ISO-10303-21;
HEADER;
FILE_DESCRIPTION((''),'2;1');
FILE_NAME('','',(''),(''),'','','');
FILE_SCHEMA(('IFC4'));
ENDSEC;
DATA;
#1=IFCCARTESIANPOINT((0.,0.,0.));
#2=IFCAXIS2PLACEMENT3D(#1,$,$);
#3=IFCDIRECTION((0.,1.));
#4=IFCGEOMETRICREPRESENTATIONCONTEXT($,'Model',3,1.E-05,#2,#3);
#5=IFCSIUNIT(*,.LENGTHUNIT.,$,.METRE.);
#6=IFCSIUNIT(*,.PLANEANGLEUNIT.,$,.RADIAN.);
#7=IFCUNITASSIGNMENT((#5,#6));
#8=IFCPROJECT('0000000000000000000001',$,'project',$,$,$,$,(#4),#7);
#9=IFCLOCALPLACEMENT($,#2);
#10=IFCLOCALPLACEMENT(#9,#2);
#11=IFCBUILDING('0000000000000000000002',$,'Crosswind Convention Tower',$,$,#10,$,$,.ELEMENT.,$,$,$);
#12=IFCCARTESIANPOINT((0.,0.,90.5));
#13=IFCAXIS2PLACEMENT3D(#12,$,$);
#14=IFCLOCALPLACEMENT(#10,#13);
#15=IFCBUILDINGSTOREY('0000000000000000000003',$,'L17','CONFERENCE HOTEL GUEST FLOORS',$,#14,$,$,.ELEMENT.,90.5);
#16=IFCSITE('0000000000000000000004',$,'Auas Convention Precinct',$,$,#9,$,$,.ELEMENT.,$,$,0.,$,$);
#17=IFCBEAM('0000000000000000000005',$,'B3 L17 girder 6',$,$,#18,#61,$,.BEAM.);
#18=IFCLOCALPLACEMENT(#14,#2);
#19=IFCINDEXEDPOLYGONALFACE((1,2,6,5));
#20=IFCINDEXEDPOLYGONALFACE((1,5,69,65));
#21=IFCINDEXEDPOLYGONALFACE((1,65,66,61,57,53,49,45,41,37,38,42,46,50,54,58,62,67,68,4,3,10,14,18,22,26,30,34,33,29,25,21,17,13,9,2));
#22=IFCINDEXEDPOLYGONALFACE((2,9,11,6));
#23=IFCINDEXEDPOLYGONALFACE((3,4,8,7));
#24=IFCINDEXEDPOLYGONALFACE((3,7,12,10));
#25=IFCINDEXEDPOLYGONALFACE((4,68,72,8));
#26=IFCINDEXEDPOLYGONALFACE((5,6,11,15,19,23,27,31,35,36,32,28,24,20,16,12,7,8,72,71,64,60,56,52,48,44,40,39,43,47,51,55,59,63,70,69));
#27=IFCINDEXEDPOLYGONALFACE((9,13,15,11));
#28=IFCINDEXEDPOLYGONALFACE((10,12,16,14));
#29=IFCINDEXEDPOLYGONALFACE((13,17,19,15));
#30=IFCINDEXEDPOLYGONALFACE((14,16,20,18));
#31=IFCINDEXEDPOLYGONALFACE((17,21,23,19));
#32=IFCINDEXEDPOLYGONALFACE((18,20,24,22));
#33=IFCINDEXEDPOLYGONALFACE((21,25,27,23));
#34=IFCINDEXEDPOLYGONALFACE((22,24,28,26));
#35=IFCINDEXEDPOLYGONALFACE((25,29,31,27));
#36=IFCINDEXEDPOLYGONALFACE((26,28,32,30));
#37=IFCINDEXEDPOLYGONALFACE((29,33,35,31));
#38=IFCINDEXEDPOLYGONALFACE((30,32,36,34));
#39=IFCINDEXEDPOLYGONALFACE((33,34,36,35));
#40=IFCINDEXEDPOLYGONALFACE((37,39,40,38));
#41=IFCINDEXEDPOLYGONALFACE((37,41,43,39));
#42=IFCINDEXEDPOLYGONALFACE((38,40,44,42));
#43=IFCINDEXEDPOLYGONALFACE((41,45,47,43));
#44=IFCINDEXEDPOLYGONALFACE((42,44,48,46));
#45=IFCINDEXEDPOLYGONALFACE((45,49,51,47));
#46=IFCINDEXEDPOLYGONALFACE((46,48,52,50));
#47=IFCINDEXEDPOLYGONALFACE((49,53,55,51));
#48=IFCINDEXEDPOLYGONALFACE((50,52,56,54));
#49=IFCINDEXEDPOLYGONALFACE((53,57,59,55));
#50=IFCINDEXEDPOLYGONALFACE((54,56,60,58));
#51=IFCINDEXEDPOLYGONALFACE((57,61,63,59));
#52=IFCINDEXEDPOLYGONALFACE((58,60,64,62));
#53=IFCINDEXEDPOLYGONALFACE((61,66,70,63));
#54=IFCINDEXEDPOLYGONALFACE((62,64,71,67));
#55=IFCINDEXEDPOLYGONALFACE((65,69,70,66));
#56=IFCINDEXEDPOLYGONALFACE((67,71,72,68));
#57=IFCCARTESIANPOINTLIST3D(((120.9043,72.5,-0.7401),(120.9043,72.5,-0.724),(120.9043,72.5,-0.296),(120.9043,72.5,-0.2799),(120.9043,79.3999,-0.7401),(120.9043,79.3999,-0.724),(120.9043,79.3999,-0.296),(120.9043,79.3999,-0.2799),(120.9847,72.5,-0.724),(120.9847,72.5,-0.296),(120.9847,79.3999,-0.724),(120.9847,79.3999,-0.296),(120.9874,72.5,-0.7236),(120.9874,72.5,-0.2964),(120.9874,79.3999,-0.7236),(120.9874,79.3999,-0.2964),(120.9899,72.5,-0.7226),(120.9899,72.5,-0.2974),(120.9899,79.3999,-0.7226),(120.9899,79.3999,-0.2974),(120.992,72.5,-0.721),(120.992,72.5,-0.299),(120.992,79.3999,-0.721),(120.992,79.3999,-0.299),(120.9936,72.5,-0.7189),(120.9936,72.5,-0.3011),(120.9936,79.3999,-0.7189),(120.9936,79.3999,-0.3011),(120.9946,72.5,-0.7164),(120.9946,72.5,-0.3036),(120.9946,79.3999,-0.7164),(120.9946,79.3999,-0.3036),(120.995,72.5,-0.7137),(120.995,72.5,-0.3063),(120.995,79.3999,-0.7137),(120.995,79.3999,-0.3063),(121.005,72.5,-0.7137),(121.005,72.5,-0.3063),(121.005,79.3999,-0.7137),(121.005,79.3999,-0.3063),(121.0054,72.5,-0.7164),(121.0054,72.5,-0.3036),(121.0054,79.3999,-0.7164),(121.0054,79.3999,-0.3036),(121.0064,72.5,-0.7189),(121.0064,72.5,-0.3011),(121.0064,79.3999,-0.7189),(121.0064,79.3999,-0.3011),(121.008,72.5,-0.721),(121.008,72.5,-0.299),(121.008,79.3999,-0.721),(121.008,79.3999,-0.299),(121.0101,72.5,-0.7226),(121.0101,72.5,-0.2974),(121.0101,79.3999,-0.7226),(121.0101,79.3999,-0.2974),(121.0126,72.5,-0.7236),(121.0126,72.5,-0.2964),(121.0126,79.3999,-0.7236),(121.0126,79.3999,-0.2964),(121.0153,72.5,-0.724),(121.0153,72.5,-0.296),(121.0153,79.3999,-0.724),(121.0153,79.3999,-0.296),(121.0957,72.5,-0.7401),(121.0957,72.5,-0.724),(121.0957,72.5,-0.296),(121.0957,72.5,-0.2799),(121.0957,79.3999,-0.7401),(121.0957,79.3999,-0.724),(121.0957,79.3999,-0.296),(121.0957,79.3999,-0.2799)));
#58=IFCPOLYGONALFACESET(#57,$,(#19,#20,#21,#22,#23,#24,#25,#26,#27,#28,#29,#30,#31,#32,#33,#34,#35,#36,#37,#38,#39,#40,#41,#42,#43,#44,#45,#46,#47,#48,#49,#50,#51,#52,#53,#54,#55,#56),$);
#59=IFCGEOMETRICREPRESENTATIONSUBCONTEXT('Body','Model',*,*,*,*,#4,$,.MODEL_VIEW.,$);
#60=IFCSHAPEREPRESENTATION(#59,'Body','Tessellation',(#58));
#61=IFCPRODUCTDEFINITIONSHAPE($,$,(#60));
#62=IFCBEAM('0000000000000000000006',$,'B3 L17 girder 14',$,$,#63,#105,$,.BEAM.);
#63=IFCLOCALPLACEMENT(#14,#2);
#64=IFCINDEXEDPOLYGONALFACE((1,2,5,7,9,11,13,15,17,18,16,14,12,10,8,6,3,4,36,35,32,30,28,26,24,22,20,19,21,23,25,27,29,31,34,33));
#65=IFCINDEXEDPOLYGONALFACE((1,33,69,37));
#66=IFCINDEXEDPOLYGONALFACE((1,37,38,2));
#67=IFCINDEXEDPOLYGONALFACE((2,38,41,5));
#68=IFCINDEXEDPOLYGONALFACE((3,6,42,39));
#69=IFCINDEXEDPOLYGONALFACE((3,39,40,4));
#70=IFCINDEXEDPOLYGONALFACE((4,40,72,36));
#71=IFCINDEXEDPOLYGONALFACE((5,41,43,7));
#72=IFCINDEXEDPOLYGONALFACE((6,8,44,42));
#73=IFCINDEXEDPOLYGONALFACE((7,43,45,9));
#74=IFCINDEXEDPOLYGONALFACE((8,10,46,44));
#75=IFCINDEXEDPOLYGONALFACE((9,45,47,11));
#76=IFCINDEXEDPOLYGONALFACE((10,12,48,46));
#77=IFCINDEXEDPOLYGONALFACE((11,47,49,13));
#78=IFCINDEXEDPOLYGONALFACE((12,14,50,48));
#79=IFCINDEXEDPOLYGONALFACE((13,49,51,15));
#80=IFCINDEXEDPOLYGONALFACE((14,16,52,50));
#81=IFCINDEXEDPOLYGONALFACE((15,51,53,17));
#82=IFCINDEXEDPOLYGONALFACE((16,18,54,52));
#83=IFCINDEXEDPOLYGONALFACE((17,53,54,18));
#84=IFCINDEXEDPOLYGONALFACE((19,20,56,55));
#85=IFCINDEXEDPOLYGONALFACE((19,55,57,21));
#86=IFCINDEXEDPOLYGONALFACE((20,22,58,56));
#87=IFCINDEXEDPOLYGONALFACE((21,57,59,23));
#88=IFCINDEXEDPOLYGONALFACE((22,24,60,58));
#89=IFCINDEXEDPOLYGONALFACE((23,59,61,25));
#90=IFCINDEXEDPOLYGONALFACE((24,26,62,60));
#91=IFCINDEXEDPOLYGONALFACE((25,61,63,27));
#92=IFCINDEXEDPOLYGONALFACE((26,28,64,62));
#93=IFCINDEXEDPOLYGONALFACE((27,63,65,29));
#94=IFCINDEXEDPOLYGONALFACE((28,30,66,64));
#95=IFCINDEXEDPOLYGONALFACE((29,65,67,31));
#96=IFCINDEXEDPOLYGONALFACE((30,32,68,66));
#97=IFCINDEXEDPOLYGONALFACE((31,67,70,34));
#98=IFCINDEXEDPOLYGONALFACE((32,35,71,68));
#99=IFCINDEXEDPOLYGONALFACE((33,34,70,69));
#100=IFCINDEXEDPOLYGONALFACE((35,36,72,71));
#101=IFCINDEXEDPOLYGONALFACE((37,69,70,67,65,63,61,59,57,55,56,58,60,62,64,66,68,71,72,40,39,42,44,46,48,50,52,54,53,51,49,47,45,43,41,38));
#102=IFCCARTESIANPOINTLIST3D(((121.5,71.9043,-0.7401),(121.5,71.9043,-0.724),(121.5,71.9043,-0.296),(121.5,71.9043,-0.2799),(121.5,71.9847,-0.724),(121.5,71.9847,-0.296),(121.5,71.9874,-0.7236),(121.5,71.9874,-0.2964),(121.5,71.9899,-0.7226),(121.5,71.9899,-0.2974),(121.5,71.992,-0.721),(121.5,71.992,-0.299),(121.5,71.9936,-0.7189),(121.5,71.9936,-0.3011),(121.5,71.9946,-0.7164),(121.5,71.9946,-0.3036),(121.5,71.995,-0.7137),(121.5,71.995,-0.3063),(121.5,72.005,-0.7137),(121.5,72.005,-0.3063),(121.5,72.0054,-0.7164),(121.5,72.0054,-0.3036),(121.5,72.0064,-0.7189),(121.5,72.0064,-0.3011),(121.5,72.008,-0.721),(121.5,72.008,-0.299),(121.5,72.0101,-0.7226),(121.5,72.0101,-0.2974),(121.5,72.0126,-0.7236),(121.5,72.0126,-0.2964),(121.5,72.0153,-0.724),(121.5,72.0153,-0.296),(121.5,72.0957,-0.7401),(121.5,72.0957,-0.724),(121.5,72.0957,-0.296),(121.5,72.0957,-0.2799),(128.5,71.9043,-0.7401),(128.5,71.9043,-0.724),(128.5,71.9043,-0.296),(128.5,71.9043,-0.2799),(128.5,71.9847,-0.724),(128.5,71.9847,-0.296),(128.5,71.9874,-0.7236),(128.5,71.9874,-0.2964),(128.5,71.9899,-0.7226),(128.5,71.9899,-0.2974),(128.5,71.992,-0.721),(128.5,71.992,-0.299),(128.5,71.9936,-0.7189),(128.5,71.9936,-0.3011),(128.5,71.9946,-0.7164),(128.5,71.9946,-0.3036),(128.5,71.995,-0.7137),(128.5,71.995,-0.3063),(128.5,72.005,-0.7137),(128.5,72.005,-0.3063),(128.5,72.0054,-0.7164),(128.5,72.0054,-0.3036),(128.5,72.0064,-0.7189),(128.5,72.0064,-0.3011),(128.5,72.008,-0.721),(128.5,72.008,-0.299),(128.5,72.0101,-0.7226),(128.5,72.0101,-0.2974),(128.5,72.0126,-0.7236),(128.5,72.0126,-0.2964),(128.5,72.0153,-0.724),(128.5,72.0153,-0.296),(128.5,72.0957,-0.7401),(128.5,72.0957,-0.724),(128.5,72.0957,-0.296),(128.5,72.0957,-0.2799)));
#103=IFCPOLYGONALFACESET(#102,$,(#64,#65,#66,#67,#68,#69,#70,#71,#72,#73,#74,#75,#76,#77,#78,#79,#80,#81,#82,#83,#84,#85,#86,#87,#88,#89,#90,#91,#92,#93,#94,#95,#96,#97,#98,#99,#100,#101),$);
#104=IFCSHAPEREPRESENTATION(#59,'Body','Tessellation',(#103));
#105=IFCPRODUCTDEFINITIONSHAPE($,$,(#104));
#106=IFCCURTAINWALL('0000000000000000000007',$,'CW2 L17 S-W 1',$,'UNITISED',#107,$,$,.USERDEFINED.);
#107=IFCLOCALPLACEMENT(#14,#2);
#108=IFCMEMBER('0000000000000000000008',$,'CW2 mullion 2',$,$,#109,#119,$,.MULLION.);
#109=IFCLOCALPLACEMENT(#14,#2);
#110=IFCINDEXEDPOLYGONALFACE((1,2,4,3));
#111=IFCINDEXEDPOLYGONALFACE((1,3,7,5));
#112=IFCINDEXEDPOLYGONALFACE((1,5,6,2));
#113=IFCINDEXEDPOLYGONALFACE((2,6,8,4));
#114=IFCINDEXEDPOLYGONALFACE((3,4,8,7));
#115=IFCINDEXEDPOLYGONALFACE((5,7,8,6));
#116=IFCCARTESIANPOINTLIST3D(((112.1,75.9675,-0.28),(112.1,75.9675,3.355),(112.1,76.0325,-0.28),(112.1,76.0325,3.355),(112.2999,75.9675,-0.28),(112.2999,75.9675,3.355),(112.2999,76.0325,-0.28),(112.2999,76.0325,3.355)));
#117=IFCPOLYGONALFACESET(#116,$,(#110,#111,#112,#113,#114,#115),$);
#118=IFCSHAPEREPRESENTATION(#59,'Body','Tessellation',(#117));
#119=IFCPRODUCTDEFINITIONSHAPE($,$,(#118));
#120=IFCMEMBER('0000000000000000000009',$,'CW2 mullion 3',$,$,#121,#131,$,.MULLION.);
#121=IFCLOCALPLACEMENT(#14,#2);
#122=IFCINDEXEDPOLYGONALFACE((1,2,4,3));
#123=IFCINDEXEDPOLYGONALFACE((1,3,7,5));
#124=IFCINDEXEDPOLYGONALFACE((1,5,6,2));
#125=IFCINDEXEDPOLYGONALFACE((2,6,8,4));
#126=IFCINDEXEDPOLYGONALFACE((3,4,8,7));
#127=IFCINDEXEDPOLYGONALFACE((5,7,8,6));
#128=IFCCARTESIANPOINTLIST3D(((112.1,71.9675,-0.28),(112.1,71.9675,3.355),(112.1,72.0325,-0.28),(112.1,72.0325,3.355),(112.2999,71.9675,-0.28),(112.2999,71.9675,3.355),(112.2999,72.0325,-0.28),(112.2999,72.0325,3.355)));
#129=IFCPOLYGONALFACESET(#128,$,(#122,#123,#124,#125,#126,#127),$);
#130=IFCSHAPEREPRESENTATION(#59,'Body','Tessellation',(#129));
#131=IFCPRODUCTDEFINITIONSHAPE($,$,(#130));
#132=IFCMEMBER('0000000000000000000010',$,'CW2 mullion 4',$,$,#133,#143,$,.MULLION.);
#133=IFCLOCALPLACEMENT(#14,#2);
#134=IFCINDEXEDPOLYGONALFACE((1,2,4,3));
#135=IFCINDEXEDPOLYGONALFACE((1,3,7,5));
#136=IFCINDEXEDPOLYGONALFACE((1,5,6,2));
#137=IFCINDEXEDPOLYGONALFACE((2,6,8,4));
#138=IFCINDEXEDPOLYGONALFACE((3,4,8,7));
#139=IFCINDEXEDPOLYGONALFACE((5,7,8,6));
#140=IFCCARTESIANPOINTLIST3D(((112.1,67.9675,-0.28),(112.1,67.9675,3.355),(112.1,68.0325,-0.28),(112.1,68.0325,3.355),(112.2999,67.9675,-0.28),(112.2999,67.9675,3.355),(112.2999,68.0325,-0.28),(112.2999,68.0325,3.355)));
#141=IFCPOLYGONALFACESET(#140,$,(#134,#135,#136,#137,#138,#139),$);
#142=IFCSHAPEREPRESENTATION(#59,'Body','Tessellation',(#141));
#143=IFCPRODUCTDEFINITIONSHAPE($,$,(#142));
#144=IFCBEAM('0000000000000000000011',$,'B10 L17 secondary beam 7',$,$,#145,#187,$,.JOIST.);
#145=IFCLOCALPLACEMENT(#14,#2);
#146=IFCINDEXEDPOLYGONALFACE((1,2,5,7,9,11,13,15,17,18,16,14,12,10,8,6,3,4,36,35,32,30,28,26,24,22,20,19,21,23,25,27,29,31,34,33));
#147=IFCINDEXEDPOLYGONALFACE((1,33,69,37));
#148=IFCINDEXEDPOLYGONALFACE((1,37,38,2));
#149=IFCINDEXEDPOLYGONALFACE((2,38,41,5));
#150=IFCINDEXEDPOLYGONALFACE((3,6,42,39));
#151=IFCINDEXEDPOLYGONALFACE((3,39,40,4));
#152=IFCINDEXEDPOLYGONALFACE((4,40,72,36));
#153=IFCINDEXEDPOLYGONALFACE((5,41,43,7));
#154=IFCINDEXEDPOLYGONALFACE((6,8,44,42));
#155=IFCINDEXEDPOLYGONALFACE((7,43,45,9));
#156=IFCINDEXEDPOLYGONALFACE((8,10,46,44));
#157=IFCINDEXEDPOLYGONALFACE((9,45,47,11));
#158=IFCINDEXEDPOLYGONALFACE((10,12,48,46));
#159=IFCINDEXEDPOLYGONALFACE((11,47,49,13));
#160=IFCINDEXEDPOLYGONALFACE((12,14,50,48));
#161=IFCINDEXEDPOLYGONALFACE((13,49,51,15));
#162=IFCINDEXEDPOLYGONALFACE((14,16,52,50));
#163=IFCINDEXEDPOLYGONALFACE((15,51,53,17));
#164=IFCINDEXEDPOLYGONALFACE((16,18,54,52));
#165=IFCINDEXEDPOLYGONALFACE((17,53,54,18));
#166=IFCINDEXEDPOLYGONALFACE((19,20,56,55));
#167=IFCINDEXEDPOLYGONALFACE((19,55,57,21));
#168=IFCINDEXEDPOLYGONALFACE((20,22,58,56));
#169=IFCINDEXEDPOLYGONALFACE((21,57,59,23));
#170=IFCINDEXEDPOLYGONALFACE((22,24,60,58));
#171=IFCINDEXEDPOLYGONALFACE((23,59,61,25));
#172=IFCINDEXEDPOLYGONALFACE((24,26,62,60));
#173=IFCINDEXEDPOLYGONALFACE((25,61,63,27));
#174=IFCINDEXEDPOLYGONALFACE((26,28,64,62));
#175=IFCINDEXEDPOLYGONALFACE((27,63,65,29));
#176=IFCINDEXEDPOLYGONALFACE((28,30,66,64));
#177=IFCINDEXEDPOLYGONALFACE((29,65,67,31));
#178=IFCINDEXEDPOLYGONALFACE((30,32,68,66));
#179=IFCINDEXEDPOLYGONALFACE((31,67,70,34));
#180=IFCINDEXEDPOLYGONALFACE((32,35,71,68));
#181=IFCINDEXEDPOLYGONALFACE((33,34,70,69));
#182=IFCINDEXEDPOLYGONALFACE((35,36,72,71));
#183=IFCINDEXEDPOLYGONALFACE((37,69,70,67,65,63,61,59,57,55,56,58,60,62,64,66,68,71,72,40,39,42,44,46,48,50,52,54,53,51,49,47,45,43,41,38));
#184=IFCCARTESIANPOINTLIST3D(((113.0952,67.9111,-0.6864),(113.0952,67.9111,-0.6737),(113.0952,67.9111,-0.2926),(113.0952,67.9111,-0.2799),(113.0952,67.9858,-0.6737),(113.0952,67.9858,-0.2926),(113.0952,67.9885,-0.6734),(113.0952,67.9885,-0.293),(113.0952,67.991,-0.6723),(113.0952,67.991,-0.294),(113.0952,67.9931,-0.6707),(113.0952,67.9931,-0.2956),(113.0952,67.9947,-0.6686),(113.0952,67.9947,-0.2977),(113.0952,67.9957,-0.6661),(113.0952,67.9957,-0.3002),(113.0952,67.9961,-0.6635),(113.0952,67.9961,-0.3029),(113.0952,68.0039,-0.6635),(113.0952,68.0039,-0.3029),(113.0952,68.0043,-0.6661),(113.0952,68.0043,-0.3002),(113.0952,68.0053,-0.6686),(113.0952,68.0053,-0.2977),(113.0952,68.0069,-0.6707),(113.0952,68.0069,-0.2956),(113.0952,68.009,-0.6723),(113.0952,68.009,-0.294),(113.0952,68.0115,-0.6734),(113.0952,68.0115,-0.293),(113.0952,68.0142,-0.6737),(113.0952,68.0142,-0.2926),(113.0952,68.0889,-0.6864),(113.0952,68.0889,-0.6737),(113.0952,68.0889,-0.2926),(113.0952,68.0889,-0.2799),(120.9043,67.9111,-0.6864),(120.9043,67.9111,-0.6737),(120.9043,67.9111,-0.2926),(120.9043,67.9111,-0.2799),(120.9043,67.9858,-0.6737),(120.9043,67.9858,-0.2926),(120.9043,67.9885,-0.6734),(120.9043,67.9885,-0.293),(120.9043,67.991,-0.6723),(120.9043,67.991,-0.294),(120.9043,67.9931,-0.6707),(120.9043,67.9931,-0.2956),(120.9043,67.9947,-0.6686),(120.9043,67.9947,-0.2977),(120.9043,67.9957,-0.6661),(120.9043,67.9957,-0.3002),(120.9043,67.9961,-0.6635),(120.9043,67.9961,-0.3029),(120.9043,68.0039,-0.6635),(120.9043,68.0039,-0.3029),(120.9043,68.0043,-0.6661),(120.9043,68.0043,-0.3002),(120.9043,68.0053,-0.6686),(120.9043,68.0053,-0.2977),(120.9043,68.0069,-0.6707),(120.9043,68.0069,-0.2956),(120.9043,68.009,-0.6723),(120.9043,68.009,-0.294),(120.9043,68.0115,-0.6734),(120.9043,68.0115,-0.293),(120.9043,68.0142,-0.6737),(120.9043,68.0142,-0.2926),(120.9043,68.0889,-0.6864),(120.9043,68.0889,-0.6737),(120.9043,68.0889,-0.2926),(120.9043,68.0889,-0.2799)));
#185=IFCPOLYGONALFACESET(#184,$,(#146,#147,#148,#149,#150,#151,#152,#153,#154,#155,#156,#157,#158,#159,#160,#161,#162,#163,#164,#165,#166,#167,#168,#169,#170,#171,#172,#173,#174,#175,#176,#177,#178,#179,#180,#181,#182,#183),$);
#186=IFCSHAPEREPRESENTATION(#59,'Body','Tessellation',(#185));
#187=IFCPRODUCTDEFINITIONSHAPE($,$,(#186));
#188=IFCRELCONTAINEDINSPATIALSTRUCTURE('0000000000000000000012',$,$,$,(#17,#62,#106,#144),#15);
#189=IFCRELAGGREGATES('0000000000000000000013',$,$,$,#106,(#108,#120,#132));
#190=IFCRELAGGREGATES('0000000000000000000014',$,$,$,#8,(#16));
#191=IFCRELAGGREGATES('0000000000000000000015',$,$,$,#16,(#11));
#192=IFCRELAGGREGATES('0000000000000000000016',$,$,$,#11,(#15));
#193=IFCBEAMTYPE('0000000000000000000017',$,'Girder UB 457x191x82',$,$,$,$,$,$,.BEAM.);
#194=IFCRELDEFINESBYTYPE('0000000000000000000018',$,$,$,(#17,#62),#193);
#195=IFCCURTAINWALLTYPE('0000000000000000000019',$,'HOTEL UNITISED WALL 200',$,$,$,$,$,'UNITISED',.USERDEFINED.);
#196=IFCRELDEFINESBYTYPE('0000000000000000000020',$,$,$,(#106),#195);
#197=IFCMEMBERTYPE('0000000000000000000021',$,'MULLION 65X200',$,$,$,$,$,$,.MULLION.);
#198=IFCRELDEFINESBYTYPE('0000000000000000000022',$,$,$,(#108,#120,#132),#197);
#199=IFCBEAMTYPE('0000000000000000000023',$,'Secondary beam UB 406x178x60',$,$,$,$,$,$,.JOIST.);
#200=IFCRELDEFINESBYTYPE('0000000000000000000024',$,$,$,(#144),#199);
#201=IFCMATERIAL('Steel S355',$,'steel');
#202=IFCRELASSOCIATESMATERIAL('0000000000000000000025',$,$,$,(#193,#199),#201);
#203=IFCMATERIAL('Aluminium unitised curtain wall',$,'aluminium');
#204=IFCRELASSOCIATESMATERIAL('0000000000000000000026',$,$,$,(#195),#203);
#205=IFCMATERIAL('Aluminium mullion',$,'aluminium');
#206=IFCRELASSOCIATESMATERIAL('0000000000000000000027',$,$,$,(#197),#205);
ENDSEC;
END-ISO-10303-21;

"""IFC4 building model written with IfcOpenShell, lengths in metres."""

from ifc_helpers import new_model, si_unit, direction, frame, origin, origin_2d, place, context, subcontext, project, spatial, rectangle, i_section, extrude, material, material_profile, profile_set, type_object, element, aggregate, save


model = new_model("IFC4")

# Units and contexts
model_context = context("Model", 3, precision=1e-05, world=origin(), true_north=direction((0.0, 1.0)))
body_context = subcontext(model_context, "Body", "Model", "MODEL_VIEW")
ifc_project = project(units=[si_unit("LENGTHUNIT", "METRE"), si_unit("PLANEANGLEUNIT", "RADIAN")], contexts=[model_context])

# Site, building, storey
site_placement = place(None, origin())
site = spatial("IfcSite", under=ifc_project, at=site_placement, Name="Auas Convention Precinct", CompositionType="ELEMENT", RefElevation=0.0)
building_placement = place(site_placement, origin())
building = spatial("IfcBuilding", under=site, at=building_placement, Name="Crosswind Convention Tower", CompositionType="ELEMENT")
storey_placement = place(building_placement, frame((0.0, 0.0, 90.5)))
storey = spatial("IfcBuildingStorey", under=building, at=storey_placement, Name="L17", Description="CONFERENCE HOTEL GUEST FLOORS", CompositionType="ELEMENT", Elevation=90.5)

# Beams
ifc_material_1 = material(Name="Steel S355", Category="steel")
ifc_material_profile_1 = material_profile(ifc_material_1, i_section(OverallWidth=0.1914, OverallDepth=0.4602, WebThickness=0.01, FlangeThickness=0.0161, FilletRadius=0.0103, at=origin_2d()), Name="UB 457x191x82")
ifc_profile_set_1 = profile_set([ifc_material_profile_1], Name="Steel S355")
beam_type_1 = type_object("IfcBeamType", Name="Girder UB 457x191x82", PredefinedType="BEAM", material=ifc_profile_set_1)
beam_1_placement = place(storey_placement, frame((121.0, 72.5, -0.51), z_axis=(0.0, 1.0, 0.0), x_axis=(-1.0, 0.0, 0.0)))
element("IfcBeam", 1, at=beam_1_placement, inside=storey, type_object=beam_type_1, Name="B3 L17 girder 6", PredefinedType="BEAM", context=body_context, shape_type="SweptSolid", body=[
    extrude(i_section(OverallWidth=0.1914, OverallDepth=0.4602, WebThickness=0.01, FlangeThickness=0.0161, FilletRadius=0.0103, at=origin_2d()), origin(), (0.0, 0.0, 1.0), 6.8999),
])
beam_2_placement = place(storey_placement, frame((121.5, 72.0, -0.51), z_axis=(1.0, 0.0, 0.0), x_axis=(0.0, 1.0, 0.0)))
element("IfcBeam", 2, at=beam_2_placement, inside=storey, type_object=beam_type_1, Name="B3 L17 girder 14", PredefinedType="BEAM", context=body_context, shape_type="SweptSolid", body=[
    extrude(i_section(OverallWidth=0.1914, OverallDepth=0.4602, WebThickness=0.01, FlangeThickness=0.0161, FilletRadius=0.0103, at=origin_2d()), origin(), (0.0, 0.0, 1.0), 7.0),
])

# Curtain wall, members
ifc_material_2 = material(Name="Aluminium unitised curtain wall", Category="aluminium")
curtain_wall_type = type_object("IfcCurtainWallType", Name="HOTEL UNITISED WALL 200", ElementType="UNITISED", PredefinedType="USERDEFINED", material=ifc_material_2)
curtain_wall_placement = place(storey_placement, origin())
curtain_wall = element("IfcCurtainWall", 3, at=curtain_wall_placement, inside=storey, type_object=curtain_wall_type, Name="CW2 L17 S-W 1", ObjectType="UNITISED", PredefinedType="USERDEFINED")
ifc_material_3 = material(Name="Aluminium mullion", Category="aluminium")
ifc_material_profile_2 = material_profile(ifc_material_3, rectangle(XDim=0.2, YDim=0.0649, at=origin_2d()), Name="AL 200X65")
ifc_profile_set_2 = profile_set([ifc_material_profile_2], Name="Aluminium mullion")
member_type = type_object("IfcMemberType", Name="MULLION 65X200", PredefinedType="MULLION", material=ifc_profile_set_2)
member_1_placement = place(storey_placement, frame((112.2, 76.0, -0.28), z_axis=(0.0, 0.0, 1.0), x_axis=(-1.0, 0.0, 0.0)))
member_1 = element("IfcMember", 4, at=member_1_placement, type_object=member_type, Name="CW2 mullion 2", PredefinedType="MULLION", context=body_context, shape_type="SweptSolid", body=[
    extrude(rectangle(XDim=0.2, YDim=0.0649, at=origin_2d()), origin(), (0.0, 0.0, 1.0), 3.635),
])
member_2_placement = place(storey_placement, frame((112.2, 72.0, -0.28), z_axis=(0.0, 0.0, 1.0), x_axis=(-1.0, 0.0, 0.0)))
member_2 = element("IfcMember", 5, at=member_2_placement, type_object=member_type, Name="CW2 mullion 3", PredefinedType="MULLION", context=body_context, shape_type="SweptSolid", body=[
    extrude(rectangle(XDim=0.2, YDim=0.0649, at=origin_2d()), origin(), (0.0, 0.0, 1.0), 3.635),
])
member_3_placement = place(storey_placement, frame((112.2, 68.0, -0.28), z_axis=(0.0, 0.0, 1.0), x_axis=(-1.0, 0.0, 0.0)))
member_3 = element("IfcMember", 6, at=member_3_placement, type_object=member_type, Name="CW2 mullion 4", PredefinedType="MULLION", context=body_context, shape_type="SweptSolid", body=[
    extrude(rectangle(XDim=0.2, YDim=0.0649, at=origin_2d()), origin(), (0.0, 0.0, 1.0), 3.635),
])
aggregate(curtain_wall, [member_1, member_2, member_3])

# Beam
ifc_material_profile_3 = material_profile(ifc_material_1, i_section(OverallWidth=0.1777, OverallDepth=0.4065, WebThickness=0.0078, FlangeThickness=0.0127, FilletRadius=0.0103, at=origin_2d()), Name="UB 406x178x60")
ifc_profile_set_3 = profile_set([ifc_material_profile_3], Name="Steel S355")
beam_type_2 = type_object("IfcBeamType", Name="Secondary beam UB 406x178x60", PredefinedType="JOIST", material=ifc_profile_set_3)
for number, where, z_axis, x_axis, name in (
    (7, (113.0952, 68.0, -0.4832), (1.0, 0.0, 0.0), (0.0, 1.0, 0.0), "B10 L17 secondary beam 7"),
):
    element("IfcBeam", number, at=place(storey_placement, frame(where, z_axis=z_axis, x_axis=x_axis)), inside=storey, type_object=beam_type_2, Name=name, PredefinedType="JOIST", context=body_context, shape_type="SweptSolid", body=[
        extrude(i_section(OverallWidth=0.1777, OverallDepth=0.4065, WebThickness=0.0078, FlangeThickness=0.0127, FilletRadius=0.0103, at=origin_2d()), origin(), (0.0, 0.0, 1.0), 7.8091),
    ])

save(model, "model.ifc")
